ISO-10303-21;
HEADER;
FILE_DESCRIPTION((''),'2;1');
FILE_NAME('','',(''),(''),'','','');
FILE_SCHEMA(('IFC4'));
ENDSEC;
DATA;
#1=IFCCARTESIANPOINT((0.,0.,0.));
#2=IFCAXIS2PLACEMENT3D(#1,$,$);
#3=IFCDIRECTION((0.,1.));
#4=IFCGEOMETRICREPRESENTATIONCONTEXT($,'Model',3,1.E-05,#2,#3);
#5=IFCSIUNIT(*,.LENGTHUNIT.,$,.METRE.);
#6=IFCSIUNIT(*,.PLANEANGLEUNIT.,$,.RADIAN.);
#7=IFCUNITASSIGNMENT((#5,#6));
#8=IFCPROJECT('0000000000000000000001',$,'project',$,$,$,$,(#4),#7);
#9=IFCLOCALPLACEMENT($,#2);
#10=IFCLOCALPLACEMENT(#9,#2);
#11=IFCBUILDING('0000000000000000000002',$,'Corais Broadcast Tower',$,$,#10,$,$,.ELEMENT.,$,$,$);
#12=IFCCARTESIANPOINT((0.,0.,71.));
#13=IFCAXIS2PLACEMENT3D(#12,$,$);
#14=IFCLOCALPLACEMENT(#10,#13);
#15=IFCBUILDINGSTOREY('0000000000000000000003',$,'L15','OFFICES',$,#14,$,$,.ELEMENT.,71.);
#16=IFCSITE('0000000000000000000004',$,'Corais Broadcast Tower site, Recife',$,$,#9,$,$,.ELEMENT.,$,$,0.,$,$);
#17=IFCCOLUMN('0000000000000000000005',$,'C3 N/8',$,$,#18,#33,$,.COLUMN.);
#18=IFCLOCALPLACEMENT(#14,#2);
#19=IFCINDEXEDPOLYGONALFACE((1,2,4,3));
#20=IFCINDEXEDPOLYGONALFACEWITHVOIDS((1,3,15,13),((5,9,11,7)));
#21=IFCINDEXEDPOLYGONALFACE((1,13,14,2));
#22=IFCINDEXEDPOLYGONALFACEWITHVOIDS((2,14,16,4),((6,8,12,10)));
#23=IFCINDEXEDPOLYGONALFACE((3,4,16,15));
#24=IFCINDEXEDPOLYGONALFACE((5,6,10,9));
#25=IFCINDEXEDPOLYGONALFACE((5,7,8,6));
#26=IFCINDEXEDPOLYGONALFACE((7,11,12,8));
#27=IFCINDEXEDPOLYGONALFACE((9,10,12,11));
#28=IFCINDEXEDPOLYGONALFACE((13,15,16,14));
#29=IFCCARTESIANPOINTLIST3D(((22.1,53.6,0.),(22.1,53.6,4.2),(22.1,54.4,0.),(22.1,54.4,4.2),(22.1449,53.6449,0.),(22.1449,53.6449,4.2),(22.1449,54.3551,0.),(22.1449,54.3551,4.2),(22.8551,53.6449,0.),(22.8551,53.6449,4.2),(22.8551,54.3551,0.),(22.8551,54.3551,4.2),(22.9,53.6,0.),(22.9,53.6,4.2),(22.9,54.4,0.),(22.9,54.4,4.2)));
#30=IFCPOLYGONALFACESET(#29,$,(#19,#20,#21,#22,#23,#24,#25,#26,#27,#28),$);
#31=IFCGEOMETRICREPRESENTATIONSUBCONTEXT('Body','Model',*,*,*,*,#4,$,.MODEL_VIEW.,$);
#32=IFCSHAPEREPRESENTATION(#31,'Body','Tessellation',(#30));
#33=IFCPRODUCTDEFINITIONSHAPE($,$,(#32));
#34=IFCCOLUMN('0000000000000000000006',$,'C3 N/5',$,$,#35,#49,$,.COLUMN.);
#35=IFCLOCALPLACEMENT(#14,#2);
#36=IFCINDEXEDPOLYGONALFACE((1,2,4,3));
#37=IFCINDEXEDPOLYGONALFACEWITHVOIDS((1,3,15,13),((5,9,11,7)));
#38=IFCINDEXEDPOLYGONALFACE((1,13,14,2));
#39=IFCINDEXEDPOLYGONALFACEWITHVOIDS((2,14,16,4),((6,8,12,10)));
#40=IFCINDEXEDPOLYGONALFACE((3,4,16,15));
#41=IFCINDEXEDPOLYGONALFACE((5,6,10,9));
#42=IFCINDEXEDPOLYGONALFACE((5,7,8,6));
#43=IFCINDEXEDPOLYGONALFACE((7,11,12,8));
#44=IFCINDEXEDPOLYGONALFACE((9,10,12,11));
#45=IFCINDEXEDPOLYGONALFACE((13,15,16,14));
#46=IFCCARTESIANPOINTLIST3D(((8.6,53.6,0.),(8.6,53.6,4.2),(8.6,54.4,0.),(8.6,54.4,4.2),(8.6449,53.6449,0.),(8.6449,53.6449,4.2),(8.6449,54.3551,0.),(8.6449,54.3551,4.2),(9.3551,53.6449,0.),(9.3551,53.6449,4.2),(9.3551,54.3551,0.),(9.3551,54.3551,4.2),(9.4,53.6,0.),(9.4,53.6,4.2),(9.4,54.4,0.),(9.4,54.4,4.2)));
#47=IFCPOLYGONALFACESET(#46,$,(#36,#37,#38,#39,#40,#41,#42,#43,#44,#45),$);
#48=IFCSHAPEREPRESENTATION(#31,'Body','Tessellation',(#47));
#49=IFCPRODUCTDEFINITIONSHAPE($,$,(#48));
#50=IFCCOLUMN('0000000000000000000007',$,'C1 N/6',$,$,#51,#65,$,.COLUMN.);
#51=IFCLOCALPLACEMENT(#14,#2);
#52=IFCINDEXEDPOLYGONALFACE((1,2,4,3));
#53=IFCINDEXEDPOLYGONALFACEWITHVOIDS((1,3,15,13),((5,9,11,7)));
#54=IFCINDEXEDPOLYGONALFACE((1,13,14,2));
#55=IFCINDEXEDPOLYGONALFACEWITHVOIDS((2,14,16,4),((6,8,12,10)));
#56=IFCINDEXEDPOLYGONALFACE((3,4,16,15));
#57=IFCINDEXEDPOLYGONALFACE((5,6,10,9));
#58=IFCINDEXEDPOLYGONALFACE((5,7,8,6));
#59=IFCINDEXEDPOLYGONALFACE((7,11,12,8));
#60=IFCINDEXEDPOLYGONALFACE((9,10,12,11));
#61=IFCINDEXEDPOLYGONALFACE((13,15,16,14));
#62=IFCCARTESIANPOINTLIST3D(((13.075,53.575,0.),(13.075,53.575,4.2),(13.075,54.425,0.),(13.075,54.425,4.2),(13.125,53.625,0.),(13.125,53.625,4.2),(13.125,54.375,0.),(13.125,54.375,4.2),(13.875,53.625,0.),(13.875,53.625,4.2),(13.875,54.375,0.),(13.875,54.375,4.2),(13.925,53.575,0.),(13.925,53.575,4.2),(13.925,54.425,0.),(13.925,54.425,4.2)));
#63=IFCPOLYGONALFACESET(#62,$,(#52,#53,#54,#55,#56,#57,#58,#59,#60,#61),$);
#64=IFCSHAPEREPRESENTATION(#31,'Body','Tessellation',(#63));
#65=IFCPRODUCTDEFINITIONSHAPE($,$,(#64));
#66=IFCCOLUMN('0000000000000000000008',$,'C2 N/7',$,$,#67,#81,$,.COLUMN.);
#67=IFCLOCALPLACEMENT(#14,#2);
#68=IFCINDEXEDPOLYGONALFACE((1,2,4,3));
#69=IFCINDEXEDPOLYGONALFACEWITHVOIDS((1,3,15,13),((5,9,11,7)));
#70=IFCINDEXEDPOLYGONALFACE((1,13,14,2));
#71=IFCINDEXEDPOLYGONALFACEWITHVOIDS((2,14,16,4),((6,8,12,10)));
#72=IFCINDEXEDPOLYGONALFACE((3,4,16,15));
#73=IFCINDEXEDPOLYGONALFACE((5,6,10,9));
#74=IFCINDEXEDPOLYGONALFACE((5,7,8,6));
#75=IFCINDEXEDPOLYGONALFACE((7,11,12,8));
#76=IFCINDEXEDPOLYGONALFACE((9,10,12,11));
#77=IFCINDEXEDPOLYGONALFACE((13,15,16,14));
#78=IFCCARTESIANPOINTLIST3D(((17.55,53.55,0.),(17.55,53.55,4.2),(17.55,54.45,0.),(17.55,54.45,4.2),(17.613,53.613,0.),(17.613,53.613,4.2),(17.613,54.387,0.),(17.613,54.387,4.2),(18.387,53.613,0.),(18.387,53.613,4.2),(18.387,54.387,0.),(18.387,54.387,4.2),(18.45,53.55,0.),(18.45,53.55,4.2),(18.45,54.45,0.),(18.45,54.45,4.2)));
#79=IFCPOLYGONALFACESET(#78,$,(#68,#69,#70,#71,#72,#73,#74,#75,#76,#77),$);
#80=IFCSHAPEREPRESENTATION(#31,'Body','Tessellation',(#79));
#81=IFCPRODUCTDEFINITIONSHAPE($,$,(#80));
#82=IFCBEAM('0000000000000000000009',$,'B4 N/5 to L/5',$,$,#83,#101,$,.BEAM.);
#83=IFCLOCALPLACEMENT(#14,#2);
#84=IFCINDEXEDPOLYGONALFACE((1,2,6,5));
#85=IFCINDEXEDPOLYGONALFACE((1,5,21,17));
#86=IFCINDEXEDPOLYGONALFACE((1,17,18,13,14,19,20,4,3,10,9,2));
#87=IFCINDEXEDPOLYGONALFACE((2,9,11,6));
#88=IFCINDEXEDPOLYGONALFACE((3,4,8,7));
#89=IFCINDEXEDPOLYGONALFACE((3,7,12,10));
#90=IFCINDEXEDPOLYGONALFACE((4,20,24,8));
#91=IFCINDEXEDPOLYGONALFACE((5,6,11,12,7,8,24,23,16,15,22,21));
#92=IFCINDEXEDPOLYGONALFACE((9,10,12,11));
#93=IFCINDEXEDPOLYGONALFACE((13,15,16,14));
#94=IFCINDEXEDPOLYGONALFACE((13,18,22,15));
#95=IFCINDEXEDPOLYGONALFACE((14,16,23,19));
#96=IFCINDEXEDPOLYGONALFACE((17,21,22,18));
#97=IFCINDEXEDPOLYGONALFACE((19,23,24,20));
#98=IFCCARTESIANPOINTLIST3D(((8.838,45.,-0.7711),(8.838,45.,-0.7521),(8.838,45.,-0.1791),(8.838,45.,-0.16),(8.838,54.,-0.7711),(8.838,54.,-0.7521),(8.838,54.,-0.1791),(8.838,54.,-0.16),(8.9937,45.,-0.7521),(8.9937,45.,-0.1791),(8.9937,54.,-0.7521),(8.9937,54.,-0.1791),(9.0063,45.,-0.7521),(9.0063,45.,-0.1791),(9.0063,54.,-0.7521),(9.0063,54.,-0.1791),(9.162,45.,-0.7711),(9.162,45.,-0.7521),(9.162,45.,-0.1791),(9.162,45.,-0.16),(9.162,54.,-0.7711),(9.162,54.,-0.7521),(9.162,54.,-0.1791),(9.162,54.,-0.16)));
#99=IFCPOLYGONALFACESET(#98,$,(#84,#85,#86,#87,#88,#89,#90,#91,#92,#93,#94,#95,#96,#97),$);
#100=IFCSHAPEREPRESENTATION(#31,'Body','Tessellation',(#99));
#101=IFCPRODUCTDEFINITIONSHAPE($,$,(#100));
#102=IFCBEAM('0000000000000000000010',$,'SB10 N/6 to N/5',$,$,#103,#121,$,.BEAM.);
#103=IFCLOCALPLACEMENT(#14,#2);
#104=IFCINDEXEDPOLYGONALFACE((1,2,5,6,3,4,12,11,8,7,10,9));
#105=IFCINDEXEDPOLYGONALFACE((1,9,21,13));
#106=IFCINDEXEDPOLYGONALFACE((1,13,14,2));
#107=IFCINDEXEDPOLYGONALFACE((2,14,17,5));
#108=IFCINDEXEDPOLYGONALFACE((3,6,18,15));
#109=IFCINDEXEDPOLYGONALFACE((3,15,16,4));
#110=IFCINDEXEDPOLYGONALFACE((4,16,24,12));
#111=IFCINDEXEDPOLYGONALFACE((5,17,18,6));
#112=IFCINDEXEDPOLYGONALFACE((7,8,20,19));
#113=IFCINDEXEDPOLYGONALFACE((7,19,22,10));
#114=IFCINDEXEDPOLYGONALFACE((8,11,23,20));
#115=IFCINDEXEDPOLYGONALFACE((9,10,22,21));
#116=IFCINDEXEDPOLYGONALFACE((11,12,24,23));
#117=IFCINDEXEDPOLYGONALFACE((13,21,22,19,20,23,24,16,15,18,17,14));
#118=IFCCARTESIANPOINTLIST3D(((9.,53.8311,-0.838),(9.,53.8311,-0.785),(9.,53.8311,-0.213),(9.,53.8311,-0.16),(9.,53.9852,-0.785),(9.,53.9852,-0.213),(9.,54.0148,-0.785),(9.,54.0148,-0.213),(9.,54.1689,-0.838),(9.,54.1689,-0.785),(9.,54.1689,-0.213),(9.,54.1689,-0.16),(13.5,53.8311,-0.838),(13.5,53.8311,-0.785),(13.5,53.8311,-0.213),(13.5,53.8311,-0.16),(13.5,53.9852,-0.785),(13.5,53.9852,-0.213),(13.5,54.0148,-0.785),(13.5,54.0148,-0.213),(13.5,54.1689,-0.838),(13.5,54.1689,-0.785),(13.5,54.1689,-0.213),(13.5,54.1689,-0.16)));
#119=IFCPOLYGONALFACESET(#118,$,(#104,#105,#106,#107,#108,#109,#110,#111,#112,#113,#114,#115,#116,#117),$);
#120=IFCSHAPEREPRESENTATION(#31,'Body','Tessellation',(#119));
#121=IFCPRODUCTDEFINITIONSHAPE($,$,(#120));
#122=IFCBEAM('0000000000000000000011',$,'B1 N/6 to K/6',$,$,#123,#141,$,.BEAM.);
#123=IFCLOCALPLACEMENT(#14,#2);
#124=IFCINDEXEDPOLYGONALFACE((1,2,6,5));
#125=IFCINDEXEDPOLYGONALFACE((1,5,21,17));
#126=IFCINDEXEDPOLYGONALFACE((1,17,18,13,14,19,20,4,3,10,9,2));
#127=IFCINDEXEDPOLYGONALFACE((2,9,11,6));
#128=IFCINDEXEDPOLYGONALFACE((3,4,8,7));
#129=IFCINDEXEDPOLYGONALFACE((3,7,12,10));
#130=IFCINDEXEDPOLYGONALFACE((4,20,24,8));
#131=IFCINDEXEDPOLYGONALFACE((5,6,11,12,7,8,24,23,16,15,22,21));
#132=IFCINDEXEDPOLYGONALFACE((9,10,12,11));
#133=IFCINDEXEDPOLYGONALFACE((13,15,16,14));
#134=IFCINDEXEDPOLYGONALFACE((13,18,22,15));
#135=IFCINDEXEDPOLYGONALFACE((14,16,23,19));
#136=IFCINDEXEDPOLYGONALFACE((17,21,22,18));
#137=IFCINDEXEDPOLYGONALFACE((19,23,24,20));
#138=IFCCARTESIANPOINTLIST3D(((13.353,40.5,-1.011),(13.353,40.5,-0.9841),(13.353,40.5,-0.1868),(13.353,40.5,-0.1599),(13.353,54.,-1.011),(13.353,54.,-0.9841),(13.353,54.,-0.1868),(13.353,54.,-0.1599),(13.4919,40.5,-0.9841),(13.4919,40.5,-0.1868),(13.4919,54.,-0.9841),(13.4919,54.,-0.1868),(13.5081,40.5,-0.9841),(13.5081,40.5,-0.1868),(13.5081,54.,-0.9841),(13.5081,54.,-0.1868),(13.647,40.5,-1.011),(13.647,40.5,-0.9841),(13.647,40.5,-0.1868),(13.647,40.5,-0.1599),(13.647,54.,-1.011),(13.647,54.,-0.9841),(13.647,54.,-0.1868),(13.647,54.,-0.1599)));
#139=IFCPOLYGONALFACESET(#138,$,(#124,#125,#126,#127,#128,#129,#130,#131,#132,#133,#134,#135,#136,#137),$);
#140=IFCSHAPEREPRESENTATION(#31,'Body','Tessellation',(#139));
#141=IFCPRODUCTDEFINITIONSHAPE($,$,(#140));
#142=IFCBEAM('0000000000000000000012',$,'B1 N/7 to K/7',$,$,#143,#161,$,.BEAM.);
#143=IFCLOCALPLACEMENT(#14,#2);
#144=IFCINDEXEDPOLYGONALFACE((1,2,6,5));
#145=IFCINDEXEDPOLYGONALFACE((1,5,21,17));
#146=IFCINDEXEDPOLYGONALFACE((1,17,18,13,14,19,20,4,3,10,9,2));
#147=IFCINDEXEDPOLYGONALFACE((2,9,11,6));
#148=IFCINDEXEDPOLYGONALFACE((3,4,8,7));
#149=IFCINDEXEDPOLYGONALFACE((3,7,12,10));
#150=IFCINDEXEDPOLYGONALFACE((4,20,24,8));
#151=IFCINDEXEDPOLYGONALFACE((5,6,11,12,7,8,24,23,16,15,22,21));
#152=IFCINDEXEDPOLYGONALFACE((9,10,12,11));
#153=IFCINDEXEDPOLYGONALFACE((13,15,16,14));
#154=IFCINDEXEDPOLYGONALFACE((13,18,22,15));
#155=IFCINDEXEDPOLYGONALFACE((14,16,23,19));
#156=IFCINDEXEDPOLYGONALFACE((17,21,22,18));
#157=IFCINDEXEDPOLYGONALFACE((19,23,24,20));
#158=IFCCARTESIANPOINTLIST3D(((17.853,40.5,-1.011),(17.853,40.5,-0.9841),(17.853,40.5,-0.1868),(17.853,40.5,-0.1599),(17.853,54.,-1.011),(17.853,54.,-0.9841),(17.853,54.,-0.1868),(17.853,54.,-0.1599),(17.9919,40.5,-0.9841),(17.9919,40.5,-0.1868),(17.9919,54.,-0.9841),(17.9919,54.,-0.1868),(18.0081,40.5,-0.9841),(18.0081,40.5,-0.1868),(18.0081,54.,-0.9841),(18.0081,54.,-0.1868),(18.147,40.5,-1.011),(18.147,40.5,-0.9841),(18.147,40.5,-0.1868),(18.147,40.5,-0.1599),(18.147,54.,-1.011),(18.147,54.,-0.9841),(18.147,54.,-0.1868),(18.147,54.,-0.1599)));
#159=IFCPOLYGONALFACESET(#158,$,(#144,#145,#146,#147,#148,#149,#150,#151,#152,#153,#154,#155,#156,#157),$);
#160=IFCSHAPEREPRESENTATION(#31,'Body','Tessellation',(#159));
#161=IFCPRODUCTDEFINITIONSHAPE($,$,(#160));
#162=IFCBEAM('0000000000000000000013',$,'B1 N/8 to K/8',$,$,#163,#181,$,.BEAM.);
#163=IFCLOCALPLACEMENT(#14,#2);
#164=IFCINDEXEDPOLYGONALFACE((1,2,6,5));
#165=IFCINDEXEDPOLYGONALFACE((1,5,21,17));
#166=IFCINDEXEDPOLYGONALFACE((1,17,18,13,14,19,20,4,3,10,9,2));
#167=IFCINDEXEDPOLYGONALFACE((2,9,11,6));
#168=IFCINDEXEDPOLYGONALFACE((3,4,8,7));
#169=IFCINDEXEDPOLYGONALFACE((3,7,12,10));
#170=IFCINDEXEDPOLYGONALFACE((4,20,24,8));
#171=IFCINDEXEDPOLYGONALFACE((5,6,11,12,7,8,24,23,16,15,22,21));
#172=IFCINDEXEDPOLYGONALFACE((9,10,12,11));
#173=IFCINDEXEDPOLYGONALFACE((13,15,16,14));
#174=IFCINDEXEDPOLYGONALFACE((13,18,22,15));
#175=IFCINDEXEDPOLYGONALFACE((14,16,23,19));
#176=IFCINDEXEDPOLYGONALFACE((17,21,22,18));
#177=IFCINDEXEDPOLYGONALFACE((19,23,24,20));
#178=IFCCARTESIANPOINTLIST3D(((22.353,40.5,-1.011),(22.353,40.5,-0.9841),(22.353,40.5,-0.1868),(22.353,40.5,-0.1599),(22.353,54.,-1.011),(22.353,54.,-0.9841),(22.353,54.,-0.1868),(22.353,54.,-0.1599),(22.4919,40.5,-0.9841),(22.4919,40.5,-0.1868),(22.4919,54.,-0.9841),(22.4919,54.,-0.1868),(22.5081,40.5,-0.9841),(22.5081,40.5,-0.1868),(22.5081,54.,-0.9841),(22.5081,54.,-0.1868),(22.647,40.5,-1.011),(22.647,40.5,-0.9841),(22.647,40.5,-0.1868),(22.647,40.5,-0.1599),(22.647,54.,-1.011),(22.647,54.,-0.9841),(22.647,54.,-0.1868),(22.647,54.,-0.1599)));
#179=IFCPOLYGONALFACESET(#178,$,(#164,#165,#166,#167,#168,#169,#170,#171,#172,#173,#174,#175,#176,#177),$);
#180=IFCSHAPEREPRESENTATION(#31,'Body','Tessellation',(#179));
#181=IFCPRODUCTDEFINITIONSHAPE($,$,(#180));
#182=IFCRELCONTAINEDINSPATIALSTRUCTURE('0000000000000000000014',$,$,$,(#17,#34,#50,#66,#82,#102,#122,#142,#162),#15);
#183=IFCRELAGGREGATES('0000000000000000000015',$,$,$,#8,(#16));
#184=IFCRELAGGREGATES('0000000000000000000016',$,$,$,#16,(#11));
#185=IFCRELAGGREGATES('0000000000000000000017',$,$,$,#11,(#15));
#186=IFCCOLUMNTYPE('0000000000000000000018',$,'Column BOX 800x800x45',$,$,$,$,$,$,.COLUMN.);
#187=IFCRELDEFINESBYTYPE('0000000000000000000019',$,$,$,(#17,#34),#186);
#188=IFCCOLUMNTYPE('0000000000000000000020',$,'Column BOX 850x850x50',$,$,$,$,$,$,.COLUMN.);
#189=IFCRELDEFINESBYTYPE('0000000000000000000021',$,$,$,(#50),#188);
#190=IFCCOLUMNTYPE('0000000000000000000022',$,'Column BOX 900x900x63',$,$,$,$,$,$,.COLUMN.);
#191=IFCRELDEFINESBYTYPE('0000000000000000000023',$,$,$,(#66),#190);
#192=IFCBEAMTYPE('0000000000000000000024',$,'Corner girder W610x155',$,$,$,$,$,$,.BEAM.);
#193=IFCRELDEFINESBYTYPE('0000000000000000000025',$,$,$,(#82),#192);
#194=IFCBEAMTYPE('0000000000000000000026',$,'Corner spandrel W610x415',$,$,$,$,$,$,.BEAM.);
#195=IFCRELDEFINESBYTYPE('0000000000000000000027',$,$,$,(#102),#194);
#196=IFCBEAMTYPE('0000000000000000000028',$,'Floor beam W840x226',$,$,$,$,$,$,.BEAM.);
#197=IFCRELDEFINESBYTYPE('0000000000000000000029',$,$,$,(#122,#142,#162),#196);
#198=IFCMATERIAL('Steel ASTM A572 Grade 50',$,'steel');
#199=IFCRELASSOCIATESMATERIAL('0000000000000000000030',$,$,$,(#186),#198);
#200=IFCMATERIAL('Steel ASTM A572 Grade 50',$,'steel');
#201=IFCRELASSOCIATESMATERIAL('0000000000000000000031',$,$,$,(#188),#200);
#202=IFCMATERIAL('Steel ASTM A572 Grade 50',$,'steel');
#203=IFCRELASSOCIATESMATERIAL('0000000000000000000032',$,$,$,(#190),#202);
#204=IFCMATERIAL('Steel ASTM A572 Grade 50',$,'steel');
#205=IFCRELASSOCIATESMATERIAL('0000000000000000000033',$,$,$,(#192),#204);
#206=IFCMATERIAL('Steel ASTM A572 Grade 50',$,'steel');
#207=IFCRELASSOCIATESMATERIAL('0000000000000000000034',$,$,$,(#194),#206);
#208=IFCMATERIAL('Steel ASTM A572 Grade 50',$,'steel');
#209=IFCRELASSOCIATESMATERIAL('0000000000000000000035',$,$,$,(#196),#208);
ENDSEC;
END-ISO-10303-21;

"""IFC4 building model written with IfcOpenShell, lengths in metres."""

from ifc_helpers import new_model, si_unit, direction, frame, origin, origin_2d, place, context, subcontext, project, spatial, hollow_rectangle, i_section, extrude, material, material_profile, profile_set, type_object, element, save


model = new_model("IFC4")

# Units and contexts
model_context = context("Model", 3, precision=1e-05, world=origin(), true_north=direction((0.0, 1.0)))
body_context = subcontext(model_context, "Body", "Model", "MODEL_VIEW")
ifc_project = project(units=[si_unit("LENGTHUNIT", "METRE"), si_unit("PLANEANGLEUNIT", "RADIAN")], contexts=[model_context])

# Site, building, storey
site_placement = place(None, origin())
site = spatial("IfcSite", under=ifc_project, at=site_placement, Name="Corais Broadcast Tower site, Recife", CompositionType="ELEMENT", RefElevation=0.0)
building_placement = place(site_placement, origin())
building = spatial("IfcBuilding", under=site, at=building_placement, Name="Corais Broadcast Tower", CompositionType="ELEMENT")
storey_placement = place(building_placement, frame((0.0, 0.0, 71.0)))
storey = spatial("IfcBuildingStorey", under=building, at=storey_placement, Name="L15", Description="OFFICES", CompositionType="ELEMENT", Elevation=71.0)

# Columns
ifc_material_1 = material(Name="Steel ASTM A572 Grade 50", Category="steel")
ifc_material_profile_1 = material_profile(ifc_material_1, hollow_rectangle(XDim=0.8, YDim=0.8, WallThickness=0.0449, at=origin_2d()), Name="BOX 800x800x45")
ifc_profile_set_1 = profile_set([ifc_material_profile_1], Name="Steel ASTM A572 Grade 50")
column_type_1 = type_object("IfcColumnType", Name="Column BOX 800x800x45", PredefinedType="COLUMN", material=ifc_profile_set_1)
for number, where, z_axis, x_axis, name in (
    (1, (22.5, 54.0, 0.0), (0.0, 0.0, 1.0), (1.0, 0.0, 0.0), "C3 N/8"),
    (2, (9.0, 54.0, 0.0), (0.0, 0.0, 1.0), (1.0, 0.0, 0.0), "C3 N/5"),
):
    element("IfcColumn", number, at=place(storey_placement, frame(where, z_axis=z_axis, x_axis=x_axis)), inside=storey, type_object=column_type_1, Name=name, PredefinedType="COLUMN", context=body_context, shape_type="SweptSolid", body=[
        extrude(hollow_rectangle(XDim=0.8, YDim=0.8, WallThickness=0.0449, at=origin_2d()), origin(), (0.0, 0.0, 1.0), 4.2),
    ])
ifc_material_2 = material(Name="Steel ASTM A572 Grade 50", Category="steel")
ifc_material_profile_2 = material_profile(ifc_material_2, hollow_rectangle(XDim=0.8501, YDim=0.8501, WallThickness=0.05, at=origin_2d()), Name="BOX 850x850x50")
ifc_profile_set_2 = profile_set([ifc_material_profile_2], Name="Steel ASTM A572 Grade 50")
column_type_2 = type_object("IfcColumnType", Name="Column BOX 850x850x50", PredefinedType="COLUMN", material=ifc_profile_set_2)
column_1_placement = place(storey_placement, frame((13.5, 54.0, 0.0), z_axis=(0.0, 0.0, 1.0), x_axis=(1.0, 0.0, 0.0)))
element("IfcColumn", 3, at=column_1_placement, inside=storey, type_object=column_type_2, Name="C1 N/6", PredefinedType="COLUMN", context=body_context, shape_type="SweptSolid", body=[
    extrude(hollow_rectangle(XDim=0.8501, YDim=0.8501, WallThickness=0.05, at=origin_2d()), origin(), (0.0, 0.0, 1.0), 4.2),
])
ifc_material_3 = material(Name="Steel ASTM A572 Grade 50", Category="steel")
ifc_material_profile_3 = material_profile(ifc_material_3, hollow_rectangle(XDim=0.8999, YDim=0.8999, WallThickness=0.063, at=origin_2d()), Name="BOX 900x900x63")
ifc_profile_set_3 = profile_set([ifc_material_profile_3], Name="Steel ASTM A572 Grade 50")
column_type_3 = type_object("IfcColumnType", Name="Column BOX 900x900x63", PredefinedType="COLUMN", material=ifc_profile_set_3)
column_2_placement = place(storey_placement, frame((18.0, 54.0, 0.0), z_axis=(0.0, 0.0, 1.0), x_axis=(1.0, 0.0, 0.0)))
element("IfcColumn", 4, at=column_2_placement, inside=storey, type_object=column_type_3, Name="C2 N/7", PredefinedType="COLUMN", context=body_context, shape_type="SweptSolid", body=[
    extrude(hollow_rectangle(XDim=0.8999, YDim=0.8999, WallThickness=0.063, at=origin_2d()), origin(), (0.0, 0.0, 1.0), 4.2),
])

# Beams
ifc_material_4 = material(Name="Steel ASTM A572 Grade 50", Category="steel")
ifc_material_profile_4 = material_profile(ifc_material_4, i_section(OverallWidth=0.324, OverallDepth=0.6111, WebThickness=0.0127, FlangeThickness=0.019, at=origin_2d()), Name="W610x155")
ifc_profile_set_4 = profile_set([ifc_material_profile_4], Name="Steel ASTM A572 Grade 50")
beam_type_1 = type_object("IfcBeamType", Name="Corner girder W610x155", PredefinedType="BEAM", material=ifc_profile_set_4)
beam_1_placement = place(storey_placement, frame((9.0, 54.0, -0.4656), z_axis=(0.0, -1.0, 0.0), x_axis=(1.0, 0.0, 0.0)))
element("IfcBeam", 5, at=beam_1_placement, inside=storey, type_object=beam_type_1, Name="B4 N/5 to L/5", PredefinedType="BEAM", context=body_context, shape_type="SweptSolid", body=[
    extrude(i_section(OverallWidth=0.324, OverallDepth=0.6111, WebThickness=0.0127, FlangeThickness=0.019, at=origin_2d()), origin(), (0.0, 0.0, 1.0), 9.0),
])
ifc_material_5 = material(Name="Steel ASTM A572 Grade 50", Category="steel")
ifc_material_profile_5 = material_profile(ifc_material_5, i_section(OverallWidth=0.3379, OverallDepth=0.678, WebThickness=0.0295, FlangeThickness=0.053, at=origin_2d()), Name="W610x415")
ifc_profile_set_5 = profile_set([ifc_material_profile_5], Name="Steel ASTM A572 Grade 50")
beam_type_2 = type_object("IfcBeamType", Name="Corner spandrel W610x415", PredefinedType="BEAM", material=ifc_profile_set_5)
beam_2_placement = place(storey_placement, frame((13.5, 54.0, -0.499), z_axis=(-1.0, 0.0, 0.0), x_axis=(0.0, -1.0, 0.0)))
element("IfcBeam", 6, at=beam_2_placement, inside=storey, type_object=beam_type_2, Name="SB10 N/6 to N/5", PredefinedType="BEAM", context=body_context, shape_type="SweptSolid", body=[
    extrude(i_section(OverallWidth=0.3379, OverallDepth=0.678, WebThickness=0.0295, FlangeThickness=0.053, at=origin_2d()), origin(), (0.0, 0.0, 1.0), 4.5),
])
ifc_material_6 = material(Name="Steel ASTM A572 Grade 50", Category="steel")
ifc_material_profile_6 = material_profile(ifc_material_6, i_section(OverallWidth=0.2939, OverallDepth=0.8511, WebThickness=0.0161, FlangeThickness=0.0269, at=origin_2d()), Name="W840x226")
ifc_profile_set_6 = profile_set([ifc_material_profile_6], Name="Steel ASTM A572 Grade 50")
beam_type_3 = type_object("IfcBeamType", Name="Floor beam W840x226", PredefinedType="BEAM", material=ifc_profile_set_6)
for number, where, z_axis, x_axis, name in (
    (7, (13.5, 54.0, -0.5854), (0.0, -1.0, 0.0), (1.0, 0.0, 0.0), "B1 N/6 to K/6"),
    (8, (18.0, 54.0, -0.5854), (0.0, -1.0, 0.0), (1.0, 0.0, 0.0), "B1 N/7 to K/7"),
    (9, (22.5, 54.0, -0.5854), (0.0, -1.0, 0.0), (1.0, 0.0, 0.0), "B1 N/8 to K/8"),
):
    element("IfcBeam", number, at=place(storey_placement, frame(where, z_axis=z_axis, x_axis=x_axis)), inside=storey, type_object=beam_type_3, Name=name, PredefinedType="BEAM", context=body_context, shape_type="SweptSolid", body=[
        extrude(i_section(OverallWidth=0.2939, OverallDepth=0.8511, WebThickness=0.0161, FlangeThickness=0.0269, at=origin_2d()), origin(), (0.0, 0.0, 1.0), 13.5),
    ])

save(model, "model.ifc")
